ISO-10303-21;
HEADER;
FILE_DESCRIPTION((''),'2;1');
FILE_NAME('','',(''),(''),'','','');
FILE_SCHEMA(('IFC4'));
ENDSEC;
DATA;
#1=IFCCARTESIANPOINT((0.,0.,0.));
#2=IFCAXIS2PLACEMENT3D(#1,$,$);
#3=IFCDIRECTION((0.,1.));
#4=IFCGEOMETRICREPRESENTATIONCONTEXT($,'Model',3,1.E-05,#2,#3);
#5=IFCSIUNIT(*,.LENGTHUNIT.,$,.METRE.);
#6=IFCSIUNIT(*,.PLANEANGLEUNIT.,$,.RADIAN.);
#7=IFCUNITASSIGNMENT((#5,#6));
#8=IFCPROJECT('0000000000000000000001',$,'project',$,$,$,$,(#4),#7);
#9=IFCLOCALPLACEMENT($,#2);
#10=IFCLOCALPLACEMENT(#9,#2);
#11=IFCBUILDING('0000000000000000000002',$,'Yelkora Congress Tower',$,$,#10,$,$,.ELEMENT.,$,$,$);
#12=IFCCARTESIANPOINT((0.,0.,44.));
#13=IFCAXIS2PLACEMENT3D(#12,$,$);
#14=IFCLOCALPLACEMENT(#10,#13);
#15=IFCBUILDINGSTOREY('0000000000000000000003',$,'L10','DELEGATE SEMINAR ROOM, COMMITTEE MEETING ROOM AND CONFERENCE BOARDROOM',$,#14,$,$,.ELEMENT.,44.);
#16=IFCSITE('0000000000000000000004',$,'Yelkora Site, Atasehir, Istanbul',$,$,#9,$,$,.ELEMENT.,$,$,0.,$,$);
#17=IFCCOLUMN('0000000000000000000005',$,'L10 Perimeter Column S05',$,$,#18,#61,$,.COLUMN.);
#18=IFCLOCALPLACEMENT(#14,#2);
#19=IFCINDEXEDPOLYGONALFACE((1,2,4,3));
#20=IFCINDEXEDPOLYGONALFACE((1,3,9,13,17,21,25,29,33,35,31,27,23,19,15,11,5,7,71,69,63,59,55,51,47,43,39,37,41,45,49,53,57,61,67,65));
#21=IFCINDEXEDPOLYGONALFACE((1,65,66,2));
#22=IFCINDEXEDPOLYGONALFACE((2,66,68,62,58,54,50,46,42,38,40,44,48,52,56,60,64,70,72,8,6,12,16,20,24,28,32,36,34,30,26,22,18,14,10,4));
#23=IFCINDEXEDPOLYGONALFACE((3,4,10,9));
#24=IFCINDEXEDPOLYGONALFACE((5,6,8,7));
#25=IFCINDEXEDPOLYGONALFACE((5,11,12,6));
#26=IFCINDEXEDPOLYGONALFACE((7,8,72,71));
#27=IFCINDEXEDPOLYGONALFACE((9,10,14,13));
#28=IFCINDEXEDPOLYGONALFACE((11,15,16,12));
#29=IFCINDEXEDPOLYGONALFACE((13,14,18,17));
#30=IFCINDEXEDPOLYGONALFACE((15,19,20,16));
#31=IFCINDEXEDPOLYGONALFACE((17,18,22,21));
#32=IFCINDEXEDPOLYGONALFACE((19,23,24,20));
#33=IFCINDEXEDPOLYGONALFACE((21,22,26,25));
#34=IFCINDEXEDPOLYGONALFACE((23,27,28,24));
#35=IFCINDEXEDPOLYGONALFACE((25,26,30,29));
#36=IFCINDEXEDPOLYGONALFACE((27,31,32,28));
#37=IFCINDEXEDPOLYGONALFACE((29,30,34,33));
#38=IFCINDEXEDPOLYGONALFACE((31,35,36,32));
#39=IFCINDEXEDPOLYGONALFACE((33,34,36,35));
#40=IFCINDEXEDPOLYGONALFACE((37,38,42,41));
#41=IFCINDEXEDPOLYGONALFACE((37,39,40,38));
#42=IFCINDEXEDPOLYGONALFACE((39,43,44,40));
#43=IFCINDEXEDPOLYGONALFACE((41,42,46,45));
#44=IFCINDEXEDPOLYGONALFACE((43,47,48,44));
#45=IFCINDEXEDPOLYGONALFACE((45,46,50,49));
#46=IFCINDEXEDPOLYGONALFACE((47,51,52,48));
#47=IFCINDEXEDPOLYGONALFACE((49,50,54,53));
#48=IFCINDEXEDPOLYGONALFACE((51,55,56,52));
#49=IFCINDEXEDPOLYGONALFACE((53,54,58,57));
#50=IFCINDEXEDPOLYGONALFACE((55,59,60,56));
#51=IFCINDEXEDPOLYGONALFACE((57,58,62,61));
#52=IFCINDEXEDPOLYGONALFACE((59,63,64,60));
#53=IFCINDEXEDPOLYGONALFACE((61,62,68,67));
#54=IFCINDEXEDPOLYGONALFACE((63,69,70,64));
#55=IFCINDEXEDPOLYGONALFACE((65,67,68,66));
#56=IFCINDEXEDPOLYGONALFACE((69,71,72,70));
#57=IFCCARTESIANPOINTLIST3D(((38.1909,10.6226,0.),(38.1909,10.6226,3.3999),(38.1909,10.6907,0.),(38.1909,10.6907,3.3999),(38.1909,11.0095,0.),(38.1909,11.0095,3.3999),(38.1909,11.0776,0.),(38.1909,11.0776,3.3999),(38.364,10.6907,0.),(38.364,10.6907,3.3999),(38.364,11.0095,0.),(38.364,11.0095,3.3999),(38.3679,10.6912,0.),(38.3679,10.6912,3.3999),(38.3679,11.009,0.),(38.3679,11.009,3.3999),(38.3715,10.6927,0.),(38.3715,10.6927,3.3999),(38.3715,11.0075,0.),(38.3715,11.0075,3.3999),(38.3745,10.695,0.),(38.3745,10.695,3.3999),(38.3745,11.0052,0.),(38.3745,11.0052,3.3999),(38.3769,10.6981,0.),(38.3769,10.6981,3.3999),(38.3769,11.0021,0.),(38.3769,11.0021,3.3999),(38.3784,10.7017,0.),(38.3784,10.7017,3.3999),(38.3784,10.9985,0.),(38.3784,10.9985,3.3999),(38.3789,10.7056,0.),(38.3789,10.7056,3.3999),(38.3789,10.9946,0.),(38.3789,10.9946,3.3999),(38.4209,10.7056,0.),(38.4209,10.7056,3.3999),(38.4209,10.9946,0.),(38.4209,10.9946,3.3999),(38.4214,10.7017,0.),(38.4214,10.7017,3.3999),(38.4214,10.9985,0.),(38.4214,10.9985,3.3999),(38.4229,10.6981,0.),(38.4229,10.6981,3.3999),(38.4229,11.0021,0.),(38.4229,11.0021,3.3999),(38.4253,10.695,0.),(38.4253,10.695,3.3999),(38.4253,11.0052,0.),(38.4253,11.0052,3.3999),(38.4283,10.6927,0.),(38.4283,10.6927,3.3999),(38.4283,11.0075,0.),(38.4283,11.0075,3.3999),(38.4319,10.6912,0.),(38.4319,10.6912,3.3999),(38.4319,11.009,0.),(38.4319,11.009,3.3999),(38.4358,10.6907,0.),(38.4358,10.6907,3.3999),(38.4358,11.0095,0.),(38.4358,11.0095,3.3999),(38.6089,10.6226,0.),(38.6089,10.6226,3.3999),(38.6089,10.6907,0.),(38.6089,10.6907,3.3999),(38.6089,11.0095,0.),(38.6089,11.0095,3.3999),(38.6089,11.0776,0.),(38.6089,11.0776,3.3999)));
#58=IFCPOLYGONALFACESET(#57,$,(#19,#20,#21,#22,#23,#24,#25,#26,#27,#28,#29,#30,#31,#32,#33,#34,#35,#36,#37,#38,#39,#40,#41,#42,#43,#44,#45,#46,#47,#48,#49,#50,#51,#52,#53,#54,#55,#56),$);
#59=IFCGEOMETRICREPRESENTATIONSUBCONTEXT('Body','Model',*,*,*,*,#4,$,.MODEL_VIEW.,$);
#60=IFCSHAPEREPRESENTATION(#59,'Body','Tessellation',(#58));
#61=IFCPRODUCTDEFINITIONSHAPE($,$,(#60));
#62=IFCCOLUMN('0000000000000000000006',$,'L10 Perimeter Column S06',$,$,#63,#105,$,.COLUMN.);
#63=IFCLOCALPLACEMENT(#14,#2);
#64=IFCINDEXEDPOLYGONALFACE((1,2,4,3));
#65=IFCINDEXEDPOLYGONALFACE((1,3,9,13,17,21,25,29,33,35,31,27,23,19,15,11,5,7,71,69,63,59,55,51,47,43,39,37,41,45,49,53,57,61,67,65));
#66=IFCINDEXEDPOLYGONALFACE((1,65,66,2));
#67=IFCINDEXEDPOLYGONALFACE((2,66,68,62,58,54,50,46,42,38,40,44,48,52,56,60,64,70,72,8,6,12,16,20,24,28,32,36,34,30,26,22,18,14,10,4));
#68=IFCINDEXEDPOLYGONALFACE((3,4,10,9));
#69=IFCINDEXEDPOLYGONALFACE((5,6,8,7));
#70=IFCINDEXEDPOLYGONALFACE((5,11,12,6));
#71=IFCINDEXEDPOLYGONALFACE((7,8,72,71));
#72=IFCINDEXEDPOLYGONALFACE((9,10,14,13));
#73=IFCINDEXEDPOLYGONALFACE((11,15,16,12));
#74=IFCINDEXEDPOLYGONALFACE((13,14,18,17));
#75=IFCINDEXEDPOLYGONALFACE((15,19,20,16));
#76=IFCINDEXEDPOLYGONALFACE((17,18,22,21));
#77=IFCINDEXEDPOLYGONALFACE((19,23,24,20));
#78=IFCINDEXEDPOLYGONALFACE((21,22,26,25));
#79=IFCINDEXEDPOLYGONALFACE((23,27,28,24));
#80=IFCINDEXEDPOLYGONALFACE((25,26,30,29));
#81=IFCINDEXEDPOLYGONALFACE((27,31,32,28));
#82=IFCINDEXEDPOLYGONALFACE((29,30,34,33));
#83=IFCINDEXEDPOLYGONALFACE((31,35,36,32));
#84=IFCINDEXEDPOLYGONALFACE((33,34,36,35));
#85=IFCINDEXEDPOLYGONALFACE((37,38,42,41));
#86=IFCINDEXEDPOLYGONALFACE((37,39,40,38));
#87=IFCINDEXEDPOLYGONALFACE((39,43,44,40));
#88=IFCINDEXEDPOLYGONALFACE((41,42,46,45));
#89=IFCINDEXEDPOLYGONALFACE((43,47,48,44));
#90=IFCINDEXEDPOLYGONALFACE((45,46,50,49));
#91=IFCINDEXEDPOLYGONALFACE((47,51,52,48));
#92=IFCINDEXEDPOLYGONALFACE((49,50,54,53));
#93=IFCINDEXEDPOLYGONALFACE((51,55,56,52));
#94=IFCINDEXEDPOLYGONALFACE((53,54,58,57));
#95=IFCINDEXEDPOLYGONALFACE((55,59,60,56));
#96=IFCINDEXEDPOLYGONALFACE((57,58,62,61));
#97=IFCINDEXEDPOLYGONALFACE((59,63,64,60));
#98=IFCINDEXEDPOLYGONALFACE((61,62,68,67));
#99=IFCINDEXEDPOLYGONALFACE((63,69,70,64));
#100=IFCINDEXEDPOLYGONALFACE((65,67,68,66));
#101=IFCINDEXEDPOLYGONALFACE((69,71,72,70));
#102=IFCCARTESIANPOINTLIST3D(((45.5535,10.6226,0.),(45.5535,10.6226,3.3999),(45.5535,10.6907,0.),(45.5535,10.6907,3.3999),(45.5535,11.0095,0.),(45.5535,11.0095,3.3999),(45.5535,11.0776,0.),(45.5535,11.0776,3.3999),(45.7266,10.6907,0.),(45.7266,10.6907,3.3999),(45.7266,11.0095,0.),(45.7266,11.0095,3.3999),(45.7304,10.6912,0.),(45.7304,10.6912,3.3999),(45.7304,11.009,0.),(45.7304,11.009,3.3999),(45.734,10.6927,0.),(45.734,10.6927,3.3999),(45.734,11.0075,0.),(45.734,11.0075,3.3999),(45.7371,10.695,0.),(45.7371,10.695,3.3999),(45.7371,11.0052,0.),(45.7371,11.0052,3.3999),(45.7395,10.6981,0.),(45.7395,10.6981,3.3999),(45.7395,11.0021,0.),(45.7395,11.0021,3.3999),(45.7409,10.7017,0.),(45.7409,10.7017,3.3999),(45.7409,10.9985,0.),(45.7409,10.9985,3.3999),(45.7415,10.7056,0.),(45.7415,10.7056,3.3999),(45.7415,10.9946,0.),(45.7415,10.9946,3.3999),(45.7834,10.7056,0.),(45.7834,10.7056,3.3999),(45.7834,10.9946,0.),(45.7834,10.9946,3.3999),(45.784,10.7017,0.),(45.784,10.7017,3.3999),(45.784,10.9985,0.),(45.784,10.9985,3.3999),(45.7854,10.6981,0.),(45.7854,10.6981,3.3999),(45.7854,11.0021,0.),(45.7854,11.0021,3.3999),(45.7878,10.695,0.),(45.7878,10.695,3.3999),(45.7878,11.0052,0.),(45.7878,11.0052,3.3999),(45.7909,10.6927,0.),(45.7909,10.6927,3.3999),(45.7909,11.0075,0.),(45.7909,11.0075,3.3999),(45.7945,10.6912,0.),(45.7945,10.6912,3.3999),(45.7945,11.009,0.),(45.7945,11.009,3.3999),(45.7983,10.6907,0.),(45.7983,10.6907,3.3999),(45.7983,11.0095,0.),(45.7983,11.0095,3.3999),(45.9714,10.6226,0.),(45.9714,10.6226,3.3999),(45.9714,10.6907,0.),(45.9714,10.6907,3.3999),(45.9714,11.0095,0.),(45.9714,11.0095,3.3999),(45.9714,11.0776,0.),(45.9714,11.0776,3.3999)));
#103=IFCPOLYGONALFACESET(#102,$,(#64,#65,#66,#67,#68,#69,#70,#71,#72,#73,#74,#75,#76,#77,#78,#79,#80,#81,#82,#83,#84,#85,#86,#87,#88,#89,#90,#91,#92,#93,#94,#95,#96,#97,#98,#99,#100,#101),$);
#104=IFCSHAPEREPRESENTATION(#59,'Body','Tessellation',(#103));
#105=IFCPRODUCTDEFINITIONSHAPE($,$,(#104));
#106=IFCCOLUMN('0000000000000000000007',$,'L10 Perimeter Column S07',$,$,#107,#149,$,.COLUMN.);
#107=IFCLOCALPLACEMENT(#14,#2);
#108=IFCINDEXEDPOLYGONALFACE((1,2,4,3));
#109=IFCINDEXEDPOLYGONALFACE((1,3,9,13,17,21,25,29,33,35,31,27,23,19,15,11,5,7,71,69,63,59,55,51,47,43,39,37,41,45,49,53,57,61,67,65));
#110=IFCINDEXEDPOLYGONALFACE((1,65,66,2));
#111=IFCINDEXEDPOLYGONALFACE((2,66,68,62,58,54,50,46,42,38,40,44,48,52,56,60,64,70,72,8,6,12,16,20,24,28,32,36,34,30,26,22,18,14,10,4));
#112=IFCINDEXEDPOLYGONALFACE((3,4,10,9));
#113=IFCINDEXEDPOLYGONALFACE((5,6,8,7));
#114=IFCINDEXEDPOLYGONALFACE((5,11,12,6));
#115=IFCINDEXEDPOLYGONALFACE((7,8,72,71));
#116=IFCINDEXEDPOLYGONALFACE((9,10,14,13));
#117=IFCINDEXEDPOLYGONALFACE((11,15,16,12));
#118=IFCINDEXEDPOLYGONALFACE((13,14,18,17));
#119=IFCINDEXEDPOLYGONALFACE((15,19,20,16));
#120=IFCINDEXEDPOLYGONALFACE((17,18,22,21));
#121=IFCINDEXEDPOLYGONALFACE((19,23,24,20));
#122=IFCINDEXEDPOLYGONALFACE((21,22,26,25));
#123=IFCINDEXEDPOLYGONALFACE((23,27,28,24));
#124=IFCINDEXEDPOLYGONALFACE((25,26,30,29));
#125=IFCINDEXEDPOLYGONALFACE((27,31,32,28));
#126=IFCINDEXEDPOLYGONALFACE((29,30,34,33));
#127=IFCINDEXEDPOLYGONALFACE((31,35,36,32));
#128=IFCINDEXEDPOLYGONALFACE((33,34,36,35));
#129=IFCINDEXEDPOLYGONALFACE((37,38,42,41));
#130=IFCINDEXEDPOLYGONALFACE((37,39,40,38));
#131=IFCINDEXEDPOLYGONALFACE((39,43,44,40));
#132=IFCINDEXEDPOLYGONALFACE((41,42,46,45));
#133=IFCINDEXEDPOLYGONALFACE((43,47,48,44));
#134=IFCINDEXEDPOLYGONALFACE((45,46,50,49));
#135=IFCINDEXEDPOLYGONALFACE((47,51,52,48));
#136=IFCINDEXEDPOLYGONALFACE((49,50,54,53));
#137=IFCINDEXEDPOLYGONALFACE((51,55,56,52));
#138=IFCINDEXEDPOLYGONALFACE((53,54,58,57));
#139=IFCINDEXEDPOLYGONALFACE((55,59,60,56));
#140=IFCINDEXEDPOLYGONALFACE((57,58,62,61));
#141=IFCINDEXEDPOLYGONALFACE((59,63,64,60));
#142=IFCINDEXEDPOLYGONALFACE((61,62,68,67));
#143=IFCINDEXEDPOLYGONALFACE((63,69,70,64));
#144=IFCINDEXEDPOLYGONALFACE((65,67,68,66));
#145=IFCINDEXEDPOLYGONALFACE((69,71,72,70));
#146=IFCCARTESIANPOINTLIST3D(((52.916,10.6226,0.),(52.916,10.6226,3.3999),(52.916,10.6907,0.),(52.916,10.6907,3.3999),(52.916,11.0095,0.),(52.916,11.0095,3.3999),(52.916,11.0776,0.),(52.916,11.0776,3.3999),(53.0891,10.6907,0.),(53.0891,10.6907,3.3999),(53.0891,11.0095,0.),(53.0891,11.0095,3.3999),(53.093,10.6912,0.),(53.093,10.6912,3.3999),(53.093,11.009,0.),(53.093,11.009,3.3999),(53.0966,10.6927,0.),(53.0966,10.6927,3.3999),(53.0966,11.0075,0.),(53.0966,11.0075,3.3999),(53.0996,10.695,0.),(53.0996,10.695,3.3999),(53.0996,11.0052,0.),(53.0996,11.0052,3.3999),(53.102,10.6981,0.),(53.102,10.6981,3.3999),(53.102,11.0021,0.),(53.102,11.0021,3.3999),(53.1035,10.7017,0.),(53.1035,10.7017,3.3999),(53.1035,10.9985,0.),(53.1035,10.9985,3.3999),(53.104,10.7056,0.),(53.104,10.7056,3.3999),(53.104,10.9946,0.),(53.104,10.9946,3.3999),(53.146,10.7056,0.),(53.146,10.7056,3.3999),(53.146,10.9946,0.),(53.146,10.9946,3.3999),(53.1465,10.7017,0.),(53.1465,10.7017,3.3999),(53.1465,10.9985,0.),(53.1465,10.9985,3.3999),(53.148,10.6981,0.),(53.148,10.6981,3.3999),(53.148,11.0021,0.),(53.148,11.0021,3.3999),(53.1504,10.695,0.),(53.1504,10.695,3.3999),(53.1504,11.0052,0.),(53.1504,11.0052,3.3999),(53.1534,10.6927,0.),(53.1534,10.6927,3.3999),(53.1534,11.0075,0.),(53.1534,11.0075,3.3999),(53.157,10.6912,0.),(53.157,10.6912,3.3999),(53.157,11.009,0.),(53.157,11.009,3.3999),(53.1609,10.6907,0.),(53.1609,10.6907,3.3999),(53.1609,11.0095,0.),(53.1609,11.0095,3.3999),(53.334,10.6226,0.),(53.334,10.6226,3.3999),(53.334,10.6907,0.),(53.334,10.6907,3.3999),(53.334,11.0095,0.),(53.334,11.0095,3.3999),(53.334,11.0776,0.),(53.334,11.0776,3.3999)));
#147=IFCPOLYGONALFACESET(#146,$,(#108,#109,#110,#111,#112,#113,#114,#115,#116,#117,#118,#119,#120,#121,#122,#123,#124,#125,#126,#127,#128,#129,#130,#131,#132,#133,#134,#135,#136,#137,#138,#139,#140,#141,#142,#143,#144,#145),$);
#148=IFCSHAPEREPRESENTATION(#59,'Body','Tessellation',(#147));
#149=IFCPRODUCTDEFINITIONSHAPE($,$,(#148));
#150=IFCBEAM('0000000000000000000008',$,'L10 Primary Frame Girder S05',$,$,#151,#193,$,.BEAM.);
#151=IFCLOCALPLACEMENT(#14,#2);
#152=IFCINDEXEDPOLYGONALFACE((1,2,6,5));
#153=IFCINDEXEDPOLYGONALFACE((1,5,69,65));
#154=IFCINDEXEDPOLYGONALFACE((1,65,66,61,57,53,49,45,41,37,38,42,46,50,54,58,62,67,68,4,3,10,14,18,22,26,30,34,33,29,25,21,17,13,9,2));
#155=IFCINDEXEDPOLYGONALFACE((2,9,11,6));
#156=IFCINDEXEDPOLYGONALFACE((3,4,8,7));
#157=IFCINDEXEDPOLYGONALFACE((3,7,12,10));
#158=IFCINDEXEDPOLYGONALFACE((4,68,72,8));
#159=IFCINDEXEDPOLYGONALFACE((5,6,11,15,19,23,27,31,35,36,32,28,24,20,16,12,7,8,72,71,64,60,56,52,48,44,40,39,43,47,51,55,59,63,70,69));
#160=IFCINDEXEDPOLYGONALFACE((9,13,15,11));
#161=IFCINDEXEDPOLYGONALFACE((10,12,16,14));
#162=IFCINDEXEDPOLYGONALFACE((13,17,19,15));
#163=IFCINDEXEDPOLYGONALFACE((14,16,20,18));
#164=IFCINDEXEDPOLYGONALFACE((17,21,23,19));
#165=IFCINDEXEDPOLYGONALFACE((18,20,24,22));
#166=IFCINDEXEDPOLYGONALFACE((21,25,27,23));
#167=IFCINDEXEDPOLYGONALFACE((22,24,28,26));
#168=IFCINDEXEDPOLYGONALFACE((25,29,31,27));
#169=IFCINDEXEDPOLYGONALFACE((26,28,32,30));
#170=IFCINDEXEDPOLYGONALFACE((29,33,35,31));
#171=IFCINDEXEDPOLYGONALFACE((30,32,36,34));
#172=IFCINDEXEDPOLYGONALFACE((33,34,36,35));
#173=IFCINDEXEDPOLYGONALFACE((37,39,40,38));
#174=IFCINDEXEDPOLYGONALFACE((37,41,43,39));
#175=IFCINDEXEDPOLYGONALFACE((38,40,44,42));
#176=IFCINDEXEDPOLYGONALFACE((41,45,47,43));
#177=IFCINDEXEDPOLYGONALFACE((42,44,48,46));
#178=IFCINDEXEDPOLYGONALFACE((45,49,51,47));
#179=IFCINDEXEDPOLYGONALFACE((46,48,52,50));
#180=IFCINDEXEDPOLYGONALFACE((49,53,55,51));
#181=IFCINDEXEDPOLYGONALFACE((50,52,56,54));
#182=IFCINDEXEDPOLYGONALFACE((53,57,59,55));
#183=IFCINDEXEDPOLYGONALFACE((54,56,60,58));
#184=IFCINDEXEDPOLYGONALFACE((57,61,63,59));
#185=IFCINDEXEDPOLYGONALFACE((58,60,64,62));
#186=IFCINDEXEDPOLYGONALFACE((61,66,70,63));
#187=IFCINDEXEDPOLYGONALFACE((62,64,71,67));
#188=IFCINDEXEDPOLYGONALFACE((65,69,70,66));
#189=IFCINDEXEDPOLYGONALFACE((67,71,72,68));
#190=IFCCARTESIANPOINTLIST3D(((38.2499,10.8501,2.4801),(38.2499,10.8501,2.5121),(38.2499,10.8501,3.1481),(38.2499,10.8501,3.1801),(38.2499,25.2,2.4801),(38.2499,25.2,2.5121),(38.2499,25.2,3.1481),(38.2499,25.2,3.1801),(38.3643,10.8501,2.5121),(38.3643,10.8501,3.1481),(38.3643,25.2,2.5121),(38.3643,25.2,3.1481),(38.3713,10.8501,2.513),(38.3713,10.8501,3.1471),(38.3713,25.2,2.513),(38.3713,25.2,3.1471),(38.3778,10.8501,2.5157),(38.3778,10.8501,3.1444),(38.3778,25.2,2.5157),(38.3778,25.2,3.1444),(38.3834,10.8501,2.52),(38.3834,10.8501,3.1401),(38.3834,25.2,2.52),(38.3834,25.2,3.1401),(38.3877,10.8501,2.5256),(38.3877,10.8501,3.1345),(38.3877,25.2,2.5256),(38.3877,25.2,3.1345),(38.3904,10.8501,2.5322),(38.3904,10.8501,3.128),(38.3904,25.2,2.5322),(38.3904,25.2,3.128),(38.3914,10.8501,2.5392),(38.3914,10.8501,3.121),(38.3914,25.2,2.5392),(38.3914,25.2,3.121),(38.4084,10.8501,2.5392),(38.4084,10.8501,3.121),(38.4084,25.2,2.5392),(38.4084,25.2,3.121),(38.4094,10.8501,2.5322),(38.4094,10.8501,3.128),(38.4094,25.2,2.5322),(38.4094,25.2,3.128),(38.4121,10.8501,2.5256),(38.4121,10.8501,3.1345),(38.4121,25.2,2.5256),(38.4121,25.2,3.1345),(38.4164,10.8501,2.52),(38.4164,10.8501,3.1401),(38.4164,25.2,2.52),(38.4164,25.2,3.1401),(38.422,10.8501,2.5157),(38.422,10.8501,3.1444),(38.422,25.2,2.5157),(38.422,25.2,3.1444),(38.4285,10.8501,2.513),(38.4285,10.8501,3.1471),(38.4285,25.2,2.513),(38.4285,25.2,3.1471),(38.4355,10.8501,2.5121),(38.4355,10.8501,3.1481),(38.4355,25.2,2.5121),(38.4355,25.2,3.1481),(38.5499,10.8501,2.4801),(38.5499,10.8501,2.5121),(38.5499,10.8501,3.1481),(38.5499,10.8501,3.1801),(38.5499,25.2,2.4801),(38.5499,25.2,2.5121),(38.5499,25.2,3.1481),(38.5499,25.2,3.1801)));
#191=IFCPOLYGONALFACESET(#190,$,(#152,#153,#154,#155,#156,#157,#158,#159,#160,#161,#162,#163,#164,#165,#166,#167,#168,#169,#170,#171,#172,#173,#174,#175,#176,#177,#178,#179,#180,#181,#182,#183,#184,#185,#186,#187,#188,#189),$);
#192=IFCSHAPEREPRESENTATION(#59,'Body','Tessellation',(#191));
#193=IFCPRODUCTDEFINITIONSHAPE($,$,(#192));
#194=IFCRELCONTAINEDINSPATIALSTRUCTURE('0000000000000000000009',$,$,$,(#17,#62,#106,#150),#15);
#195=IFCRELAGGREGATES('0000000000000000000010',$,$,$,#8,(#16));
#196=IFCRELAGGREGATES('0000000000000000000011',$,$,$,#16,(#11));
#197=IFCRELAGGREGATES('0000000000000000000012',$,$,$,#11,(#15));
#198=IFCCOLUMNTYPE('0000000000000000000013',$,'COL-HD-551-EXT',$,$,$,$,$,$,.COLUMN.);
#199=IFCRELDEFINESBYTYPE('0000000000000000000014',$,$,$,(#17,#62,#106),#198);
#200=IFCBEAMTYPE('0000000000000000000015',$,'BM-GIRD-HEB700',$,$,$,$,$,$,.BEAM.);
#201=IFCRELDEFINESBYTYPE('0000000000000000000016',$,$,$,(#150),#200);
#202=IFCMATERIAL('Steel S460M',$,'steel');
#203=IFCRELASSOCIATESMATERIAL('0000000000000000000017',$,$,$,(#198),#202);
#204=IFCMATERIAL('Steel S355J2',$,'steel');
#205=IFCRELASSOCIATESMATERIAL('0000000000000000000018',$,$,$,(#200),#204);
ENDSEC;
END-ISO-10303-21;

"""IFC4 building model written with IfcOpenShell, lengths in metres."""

from ifc_helpers import new_model, si_unit, direction, frame, origin, origin_2d, place, context, subcontext, project, spatial, i_section, extrude, material, material_profile, profile_set, type_object, element, save


model = new_model("IFC4")

# Units and contexts
model_context = context("Model", 3, precision=1e-05, world=origin(), true_north=direction((0.0, 1.0)))
body_context = subcontext(model_context, "Body", "Model", "MODEL_VIEW")
ifc_project = project(units=[si_unit("LENGTHUNIT", "METRE"), si_unit("PLANEANGLEUNIT", "RADIAN")], contexts=[model_context])

# Site, building, storey
site_placement = place(None, origin())
site = spatial("IfcSite", under=ifc_project, at=site_placement, Name="Yelkora Site, Atasehir, Istanbul", CompositionType="ELEMENT", RefElevation=0.0)
building_placement = place(site_placement, origin())
building = spatial("IfcBuilding", under=site, at=building_placement, Name="Yelkora Congress Tower", CompositionType="ELEMENT")
storey_placement = place(building_placement, frame((0.0, 0.0, 44.0)))
storey = spatial("IfcBuildingStorey", under=building, at=storey_placement, Name="L10", Description="DELEGATE SEMINAR ROOM, COMMITTEE MEETING ROOM AND CONFERENCE BOARDROOM", CompositionType="ELEMENT", Elevation=44.0)

# Columns
ifc_material_1 = material(Name="Steel S460M", Category="steel")
ifc_material_profile_1 = material_profile(ifc_material_1, i_section(OverallWidth=0.418, OverallDepth=0.4551, WebThickness=0.042, FlangeThickness=0.0681, FilletRadius=0.0149, at=origin_2d()), Name="HD 400x551")
ifc_profile_set_1 = profile_set([ifc_material_profile_1], Name="Steel S460M")
column_type = type_object("IfcColumnType", Name="COL-HD-551-EXT", PredefinedType="COLUMN", material=ifc_profile_set_1)
for number, where, z_axis, x_axis, name in (
    (1, (38.3999, 10.8501, 0.0), (0.0, 0.0, 1.0), (1.0, 0.0, 0.0), "L10 Perimeter Column S05"),
    (2, (45.7625, 10.8501, 0.0), (0.0, 0.0, 1.0), (1.0, 0.0, 0.0), "L10 Perimeter Column S06"),
    (3, (53.125, 10.8501, 0.0), (0.0, 0.0, 1.0), (1.0, 0.0, 0.0), "L10 Perimeter Column S07"),
):
    element("IfcColumn", number, at=place(storey_placement, frame(where, z_axis=z_axis, x_axis=x_axis)), inside=storey, type_object=column_type, Name=name, PredefinedType="COLUMN", context=body_context, shape_type="SweptSolid", body=[
        extrude(i_section(OverallWidth=0.418, OverallDepth=0.4551, WebThickness=0.042, FlangeThickness=0.0681, FilletRadius=0.0149, at=origin_2d()), origin(), (0.0, 0.0, 1.0), 3.3999),
    ])

# Beam
ifc_material_2 = material(Name="Steel S355J2", Category="steel")
ifc_material_profile_2 = material_profile(ifc_material_2, i_section(OverallWidth=0.3, OverallDepth=0.7, WebThickness=0.0171, FlangeThickness=0.032, FilletRadius=0.0271, at=origin_2d()), Name="HEB 700")
ifc_profile_set_2 = profile_set([ifc_material_profile_2], Name="Steel S355J2")
beam_type_1 = type_object("IfcBeamType", Name="BM-GIRD-HEB700", PredefinedType="BEAM", material=ifc_profile_set_2)
beam_1_placement = place(storey_placement, frame((38.3999, 10.8501, 2.8301), z_axis=(0.0, 1.0, 0.0), x_axis=(-1.0, 0.0, 0.0)))
element("IfcBeam", 4, at=beam_1_placement, inside=storey, type_object=beam_type_1, Name="L10 Primary Frame Girder S05", PredefinedType="BEAM", context=body_context, shape_type="SweptSolid", body=[
    extrude(i_section(OverallWidth=0.3, OverallDepth=0.7, WebThickness=0.0171, FlangeThickness=0.032, FilletRadius=0.0271, at=origin_2d()), origin(), (0.0, 0.0, 1.0), 14.3499),
])

save(model, "model.ifc")
